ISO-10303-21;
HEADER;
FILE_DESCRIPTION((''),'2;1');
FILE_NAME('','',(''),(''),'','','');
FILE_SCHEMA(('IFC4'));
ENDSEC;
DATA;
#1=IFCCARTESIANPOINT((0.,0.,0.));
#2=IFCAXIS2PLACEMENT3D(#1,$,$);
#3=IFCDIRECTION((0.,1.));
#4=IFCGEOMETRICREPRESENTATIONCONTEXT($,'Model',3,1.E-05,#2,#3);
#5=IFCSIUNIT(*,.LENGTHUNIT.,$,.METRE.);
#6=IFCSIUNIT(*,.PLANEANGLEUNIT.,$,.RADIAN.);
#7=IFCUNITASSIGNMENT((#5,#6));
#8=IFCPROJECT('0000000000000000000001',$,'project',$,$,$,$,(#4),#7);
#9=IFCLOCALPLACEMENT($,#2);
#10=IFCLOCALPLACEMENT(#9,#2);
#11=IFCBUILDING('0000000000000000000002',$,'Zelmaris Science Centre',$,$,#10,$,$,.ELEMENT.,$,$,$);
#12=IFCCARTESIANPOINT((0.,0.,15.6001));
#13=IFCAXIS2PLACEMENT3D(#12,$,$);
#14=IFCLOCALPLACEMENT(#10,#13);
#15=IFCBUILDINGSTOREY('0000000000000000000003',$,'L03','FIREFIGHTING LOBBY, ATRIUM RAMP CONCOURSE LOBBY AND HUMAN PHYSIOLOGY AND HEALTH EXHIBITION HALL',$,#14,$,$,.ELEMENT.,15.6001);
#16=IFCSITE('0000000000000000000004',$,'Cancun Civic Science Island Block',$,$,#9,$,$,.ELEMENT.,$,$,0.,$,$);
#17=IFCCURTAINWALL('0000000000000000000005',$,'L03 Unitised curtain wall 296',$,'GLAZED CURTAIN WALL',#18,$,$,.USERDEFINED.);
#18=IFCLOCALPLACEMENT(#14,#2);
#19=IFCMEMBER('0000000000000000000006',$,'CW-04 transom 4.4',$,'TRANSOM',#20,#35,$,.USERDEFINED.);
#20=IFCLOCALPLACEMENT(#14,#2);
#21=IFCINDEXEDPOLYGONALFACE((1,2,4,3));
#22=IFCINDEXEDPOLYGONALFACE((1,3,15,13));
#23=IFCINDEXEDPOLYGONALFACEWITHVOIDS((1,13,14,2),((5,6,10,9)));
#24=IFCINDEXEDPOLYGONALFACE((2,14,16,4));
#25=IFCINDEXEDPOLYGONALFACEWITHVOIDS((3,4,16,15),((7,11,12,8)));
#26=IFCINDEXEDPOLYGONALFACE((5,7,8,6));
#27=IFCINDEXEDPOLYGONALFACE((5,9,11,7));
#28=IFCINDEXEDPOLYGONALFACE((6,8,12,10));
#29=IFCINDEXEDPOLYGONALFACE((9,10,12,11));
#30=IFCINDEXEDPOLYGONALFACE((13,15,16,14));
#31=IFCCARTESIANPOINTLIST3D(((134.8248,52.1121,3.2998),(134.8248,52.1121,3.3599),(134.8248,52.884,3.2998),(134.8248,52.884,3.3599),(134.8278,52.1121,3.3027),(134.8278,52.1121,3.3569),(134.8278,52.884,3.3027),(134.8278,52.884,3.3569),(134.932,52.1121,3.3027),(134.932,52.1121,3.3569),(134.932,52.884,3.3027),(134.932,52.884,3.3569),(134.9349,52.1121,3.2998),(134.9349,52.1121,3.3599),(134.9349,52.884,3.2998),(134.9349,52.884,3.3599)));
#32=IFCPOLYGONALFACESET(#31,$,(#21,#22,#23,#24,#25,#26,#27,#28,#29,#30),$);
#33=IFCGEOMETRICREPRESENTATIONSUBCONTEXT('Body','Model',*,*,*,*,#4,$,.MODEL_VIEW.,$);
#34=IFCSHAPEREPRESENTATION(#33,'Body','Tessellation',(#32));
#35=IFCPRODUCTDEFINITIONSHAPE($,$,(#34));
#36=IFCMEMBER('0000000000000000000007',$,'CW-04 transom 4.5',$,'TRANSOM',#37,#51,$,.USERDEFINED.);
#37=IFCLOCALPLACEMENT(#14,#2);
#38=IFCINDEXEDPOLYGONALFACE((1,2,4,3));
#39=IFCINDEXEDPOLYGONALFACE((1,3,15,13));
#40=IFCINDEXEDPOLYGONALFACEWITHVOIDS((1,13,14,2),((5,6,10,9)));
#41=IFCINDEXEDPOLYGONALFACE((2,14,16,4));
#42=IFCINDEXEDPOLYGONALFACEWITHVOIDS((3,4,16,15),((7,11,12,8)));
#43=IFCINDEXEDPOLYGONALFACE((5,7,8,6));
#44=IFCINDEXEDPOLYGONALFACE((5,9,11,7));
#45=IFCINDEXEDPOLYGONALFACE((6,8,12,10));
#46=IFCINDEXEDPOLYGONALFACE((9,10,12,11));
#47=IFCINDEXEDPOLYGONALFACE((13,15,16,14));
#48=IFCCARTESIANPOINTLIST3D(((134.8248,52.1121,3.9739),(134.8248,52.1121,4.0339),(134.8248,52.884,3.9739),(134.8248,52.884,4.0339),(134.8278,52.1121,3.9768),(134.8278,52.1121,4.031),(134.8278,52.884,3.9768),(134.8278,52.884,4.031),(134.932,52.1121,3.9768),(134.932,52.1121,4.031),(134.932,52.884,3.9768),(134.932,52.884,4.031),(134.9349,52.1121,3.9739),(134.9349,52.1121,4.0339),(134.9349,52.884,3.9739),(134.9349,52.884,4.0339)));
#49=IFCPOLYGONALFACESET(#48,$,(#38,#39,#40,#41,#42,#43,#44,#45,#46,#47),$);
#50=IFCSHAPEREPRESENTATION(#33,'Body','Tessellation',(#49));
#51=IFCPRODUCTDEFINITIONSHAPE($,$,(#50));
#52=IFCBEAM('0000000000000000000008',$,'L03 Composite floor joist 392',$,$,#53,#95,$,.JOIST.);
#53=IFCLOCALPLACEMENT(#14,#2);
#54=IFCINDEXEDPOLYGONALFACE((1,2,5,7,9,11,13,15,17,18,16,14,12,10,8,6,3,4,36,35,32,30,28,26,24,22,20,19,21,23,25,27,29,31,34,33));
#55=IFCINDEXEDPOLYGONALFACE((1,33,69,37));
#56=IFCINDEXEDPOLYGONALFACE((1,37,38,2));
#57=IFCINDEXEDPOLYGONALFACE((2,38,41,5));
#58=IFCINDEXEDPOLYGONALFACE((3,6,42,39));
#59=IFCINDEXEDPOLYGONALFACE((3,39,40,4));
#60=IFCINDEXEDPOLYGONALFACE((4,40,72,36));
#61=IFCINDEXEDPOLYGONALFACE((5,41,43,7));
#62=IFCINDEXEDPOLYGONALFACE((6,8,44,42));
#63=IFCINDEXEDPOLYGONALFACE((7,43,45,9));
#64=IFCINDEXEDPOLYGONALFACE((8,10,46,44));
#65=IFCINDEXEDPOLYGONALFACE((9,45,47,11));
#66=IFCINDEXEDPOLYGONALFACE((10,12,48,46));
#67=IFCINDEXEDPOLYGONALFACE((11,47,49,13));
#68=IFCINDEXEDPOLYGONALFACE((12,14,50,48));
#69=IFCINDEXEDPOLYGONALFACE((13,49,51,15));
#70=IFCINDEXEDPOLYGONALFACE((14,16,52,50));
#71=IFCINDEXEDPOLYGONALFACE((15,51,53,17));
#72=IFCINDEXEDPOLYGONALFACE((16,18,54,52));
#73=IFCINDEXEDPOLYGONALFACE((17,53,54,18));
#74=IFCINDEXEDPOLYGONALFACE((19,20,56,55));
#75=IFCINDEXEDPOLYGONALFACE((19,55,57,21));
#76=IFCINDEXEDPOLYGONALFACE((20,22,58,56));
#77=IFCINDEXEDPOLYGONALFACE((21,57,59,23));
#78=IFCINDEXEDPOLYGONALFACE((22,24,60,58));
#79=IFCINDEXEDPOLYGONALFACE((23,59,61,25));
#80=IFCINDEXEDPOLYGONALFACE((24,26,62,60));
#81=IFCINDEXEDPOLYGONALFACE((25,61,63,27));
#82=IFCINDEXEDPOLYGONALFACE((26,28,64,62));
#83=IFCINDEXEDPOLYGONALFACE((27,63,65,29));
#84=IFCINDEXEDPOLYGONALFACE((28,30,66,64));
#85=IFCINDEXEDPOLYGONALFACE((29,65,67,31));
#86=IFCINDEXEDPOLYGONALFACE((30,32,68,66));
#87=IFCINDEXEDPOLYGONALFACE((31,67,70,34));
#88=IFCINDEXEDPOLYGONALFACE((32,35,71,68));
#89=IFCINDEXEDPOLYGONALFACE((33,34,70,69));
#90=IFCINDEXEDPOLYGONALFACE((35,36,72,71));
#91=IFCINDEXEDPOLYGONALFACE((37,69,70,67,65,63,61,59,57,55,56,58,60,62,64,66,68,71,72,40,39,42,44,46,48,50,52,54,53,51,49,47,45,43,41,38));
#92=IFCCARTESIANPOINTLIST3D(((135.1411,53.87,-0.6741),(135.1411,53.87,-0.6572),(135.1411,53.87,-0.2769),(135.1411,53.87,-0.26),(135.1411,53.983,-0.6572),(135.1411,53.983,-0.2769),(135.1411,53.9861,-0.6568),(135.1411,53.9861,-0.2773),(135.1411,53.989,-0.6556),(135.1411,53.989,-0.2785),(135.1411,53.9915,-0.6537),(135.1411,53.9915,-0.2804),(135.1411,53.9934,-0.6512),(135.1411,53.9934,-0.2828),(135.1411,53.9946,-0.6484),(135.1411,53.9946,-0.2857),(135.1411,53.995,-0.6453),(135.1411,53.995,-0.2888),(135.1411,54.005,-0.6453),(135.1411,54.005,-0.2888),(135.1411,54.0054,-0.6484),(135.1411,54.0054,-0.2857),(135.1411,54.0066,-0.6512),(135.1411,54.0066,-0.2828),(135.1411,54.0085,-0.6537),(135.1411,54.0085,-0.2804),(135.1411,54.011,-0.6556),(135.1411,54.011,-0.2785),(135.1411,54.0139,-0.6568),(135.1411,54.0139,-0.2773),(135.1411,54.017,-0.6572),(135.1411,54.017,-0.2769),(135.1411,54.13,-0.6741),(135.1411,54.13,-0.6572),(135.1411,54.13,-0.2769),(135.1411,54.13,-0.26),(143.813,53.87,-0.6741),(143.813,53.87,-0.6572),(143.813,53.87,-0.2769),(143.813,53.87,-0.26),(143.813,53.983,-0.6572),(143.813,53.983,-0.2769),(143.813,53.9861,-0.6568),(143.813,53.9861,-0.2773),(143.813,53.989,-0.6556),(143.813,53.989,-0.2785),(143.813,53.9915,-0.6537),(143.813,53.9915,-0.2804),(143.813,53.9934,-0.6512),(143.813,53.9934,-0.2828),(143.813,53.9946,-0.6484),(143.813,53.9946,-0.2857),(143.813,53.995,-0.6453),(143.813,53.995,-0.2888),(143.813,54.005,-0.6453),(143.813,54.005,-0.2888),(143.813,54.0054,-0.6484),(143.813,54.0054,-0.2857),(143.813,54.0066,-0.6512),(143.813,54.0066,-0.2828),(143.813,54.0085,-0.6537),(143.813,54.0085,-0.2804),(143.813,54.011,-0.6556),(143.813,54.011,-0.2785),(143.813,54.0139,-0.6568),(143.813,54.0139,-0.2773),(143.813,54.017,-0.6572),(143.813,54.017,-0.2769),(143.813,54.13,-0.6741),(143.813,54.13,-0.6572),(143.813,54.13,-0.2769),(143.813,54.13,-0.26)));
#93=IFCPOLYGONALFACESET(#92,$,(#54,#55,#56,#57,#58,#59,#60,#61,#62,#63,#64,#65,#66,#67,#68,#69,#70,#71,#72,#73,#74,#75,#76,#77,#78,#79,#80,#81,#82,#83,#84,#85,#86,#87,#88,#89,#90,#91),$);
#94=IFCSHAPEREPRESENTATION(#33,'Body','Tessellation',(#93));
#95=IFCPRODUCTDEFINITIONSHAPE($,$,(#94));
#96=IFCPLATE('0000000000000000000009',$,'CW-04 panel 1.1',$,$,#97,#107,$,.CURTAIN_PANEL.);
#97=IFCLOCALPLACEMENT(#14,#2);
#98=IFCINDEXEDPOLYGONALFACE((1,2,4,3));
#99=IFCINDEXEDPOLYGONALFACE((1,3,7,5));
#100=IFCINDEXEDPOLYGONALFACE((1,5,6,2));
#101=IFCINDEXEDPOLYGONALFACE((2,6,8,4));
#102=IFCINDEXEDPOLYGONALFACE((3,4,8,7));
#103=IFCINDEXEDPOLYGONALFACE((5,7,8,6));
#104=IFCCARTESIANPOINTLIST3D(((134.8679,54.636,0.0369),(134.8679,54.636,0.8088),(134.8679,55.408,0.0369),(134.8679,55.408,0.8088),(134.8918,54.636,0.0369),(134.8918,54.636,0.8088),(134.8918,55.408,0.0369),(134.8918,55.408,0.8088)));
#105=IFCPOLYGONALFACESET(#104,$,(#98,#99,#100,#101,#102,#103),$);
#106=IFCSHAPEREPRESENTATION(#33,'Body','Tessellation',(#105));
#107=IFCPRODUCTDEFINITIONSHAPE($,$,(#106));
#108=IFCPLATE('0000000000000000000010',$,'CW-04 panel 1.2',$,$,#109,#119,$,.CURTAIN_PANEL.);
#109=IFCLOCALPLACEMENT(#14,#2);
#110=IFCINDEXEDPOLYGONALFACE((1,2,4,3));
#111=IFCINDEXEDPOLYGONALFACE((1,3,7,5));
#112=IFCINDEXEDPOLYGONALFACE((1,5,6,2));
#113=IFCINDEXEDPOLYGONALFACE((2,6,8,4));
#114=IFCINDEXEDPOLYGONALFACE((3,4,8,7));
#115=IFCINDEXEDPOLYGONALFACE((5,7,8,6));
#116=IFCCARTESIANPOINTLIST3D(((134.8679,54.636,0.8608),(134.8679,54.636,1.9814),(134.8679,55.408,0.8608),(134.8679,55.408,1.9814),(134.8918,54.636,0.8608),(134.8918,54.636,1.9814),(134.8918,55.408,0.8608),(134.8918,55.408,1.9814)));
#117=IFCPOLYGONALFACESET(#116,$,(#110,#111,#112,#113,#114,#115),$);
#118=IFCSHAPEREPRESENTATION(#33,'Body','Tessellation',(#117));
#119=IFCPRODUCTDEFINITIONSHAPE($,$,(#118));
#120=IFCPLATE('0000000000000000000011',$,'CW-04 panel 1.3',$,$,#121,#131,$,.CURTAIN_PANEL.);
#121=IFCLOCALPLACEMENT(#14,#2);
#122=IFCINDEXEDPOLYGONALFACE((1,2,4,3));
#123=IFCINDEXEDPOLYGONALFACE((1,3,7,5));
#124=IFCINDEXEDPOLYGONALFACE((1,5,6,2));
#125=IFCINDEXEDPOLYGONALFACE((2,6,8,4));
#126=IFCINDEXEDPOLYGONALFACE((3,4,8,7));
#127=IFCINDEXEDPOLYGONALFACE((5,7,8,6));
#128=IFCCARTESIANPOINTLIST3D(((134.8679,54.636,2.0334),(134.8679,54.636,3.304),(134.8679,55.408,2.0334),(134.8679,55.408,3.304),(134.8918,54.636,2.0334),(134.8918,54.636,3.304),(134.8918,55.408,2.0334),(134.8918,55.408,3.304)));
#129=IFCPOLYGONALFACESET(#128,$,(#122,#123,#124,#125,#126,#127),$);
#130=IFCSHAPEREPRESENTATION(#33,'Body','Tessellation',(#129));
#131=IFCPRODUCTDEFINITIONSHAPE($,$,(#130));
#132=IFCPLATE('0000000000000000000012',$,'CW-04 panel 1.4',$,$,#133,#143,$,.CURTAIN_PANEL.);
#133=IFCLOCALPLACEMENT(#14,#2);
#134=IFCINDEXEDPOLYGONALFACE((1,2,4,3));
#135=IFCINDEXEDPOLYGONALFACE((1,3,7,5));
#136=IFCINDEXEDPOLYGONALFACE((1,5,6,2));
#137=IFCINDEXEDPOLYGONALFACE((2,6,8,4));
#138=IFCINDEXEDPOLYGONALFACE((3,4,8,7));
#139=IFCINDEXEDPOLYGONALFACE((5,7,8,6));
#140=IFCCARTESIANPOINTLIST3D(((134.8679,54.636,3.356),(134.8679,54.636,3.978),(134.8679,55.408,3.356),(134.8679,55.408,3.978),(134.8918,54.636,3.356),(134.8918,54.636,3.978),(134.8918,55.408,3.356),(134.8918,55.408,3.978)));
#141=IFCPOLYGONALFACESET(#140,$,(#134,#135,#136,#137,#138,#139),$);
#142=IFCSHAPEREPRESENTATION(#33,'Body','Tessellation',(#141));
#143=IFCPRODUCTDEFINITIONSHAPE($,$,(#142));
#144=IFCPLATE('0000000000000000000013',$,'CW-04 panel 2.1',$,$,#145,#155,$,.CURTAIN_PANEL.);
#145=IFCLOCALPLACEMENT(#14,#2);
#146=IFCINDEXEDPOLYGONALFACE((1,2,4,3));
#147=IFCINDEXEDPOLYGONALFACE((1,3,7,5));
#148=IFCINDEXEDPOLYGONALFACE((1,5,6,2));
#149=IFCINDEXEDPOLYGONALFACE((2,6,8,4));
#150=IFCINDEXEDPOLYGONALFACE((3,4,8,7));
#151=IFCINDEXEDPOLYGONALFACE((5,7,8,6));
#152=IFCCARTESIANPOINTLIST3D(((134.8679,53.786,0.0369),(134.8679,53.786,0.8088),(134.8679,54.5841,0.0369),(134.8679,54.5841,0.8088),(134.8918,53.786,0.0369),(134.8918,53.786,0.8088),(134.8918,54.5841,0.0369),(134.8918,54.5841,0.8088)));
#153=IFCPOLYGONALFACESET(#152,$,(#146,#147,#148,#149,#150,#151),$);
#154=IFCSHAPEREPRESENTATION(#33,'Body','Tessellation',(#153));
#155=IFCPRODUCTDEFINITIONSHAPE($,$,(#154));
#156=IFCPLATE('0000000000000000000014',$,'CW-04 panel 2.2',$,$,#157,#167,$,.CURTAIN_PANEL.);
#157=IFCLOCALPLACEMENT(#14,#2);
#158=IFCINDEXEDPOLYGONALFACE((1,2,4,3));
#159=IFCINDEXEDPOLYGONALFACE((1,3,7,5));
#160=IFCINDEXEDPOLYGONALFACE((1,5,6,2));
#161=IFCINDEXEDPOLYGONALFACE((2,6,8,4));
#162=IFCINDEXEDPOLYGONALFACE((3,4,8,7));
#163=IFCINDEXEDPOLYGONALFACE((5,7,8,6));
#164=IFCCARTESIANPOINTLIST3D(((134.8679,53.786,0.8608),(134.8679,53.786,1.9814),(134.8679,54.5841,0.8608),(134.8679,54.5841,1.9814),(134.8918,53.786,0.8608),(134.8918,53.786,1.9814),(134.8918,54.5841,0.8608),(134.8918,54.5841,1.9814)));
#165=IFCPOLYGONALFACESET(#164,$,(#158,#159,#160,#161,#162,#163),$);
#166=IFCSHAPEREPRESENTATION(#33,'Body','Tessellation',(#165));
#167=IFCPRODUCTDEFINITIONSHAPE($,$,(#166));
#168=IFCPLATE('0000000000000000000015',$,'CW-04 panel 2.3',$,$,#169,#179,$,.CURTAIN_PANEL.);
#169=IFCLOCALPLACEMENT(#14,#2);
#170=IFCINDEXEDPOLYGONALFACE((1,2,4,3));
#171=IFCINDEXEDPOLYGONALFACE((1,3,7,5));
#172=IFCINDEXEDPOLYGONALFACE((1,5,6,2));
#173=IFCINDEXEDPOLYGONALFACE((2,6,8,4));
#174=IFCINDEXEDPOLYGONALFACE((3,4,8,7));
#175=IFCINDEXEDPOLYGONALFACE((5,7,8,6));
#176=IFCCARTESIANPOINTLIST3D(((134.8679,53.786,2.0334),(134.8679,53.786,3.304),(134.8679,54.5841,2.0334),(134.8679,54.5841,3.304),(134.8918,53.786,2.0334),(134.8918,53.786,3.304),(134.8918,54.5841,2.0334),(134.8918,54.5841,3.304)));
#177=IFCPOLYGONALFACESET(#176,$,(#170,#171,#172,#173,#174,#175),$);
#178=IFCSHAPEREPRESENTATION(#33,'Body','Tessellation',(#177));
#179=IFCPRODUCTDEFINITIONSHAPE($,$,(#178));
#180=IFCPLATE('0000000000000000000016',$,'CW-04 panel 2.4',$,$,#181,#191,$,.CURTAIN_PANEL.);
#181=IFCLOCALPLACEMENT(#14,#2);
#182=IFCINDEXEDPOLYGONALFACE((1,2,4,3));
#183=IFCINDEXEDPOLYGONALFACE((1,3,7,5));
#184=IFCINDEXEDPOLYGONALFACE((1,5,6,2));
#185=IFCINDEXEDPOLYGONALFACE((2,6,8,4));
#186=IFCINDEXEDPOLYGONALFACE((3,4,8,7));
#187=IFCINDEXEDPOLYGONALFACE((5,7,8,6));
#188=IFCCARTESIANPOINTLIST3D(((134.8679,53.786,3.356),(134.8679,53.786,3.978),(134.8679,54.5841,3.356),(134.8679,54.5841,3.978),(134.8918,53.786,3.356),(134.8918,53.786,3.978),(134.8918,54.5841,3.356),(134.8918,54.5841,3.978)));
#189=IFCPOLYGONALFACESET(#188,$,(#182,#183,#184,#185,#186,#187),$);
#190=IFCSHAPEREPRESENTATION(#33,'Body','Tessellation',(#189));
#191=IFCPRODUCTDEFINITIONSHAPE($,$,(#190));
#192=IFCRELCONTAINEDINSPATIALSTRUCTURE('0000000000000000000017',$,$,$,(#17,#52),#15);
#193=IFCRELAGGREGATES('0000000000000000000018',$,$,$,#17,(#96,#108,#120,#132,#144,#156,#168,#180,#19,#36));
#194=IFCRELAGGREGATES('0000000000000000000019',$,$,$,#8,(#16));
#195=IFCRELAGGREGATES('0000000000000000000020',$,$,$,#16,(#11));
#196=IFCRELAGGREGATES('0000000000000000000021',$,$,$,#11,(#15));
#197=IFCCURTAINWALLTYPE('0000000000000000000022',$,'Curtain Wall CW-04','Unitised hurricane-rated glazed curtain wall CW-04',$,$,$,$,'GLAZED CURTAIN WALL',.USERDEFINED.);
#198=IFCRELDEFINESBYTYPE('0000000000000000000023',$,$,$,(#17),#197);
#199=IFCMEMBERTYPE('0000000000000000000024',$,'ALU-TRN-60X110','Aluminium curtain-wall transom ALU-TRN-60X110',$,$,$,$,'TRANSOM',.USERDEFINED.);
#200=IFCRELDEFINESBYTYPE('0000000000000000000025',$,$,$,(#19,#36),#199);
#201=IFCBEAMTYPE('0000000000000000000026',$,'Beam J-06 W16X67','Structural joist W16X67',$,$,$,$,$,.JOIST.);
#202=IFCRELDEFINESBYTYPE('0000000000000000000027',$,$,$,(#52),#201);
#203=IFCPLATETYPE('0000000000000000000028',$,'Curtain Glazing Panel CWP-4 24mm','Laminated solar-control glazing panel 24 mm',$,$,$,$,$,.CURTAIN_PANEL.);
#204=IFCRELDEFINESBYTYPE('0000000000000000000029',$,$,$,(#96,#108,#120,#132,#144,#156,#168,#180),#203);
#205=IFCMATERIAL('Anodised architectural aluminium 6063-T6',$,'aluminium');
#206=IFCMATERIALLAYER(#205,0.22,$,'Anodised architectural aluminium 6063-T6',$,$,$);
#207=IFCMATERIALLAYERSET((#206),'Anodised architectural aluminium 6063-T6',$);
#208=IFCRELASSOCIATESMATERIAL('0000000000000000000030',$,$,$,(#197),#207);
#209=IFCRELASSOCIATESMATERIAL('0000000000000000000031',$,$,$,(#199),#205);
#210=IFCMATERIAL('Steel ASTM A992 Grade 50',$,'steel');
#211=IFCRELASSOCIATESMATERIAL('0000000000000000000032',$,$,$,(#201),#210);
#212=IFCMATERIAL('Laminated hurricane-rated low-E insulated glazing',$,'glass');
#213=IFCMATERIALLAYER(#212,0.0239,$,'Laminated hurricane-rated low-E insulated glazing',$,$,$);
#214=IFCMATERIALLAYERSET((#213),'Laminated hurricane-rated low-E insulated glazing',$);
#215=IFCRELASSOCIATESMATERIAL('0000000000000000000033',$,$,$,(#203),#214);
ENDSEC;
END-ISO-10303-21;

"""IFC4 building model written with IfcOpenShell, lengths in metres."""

from ifc_helpers import new_model, si_unit, direction, frame, origin, origin_2d, place, context, subcontext, project, spatial, rectangle, hollow_rectangle, i_section, extrude, material, layer, layer_set, material_profile, profile_set, type_object, element, aggregate, save


model = new_model("IFC4")

# Units and contexts
model_context = context("Model", 3, precision=1e-05, world=origin(), true_north=direction((0.0, 1.0)))
body_context = subcontext(model_context, "Body", "Model", "MODEL_VIEW")
ifc_project = project(units=[si_unit("LENGTHUNIT", "METRE"), si_unit("PLANEANGLEUNIT", "RADIAN")], contexts=[model_context])

# Site, building, storey
site_placement = place(None, origin())
site = spatial("IfcSite", under=ifc_project, at=site_placement, Name="Cancun Civic Science Island Block", CompositionType="ELEMENT", RefElevation=0.0)
building_placement = place(site_placement, origin())
building = spatial("IfcBuilding", under=site, at=building_placement, Name="Zelmaris Science Centre", CompositionType="ELEMENT")
storey_placement = place(building_placement, frame((0.0, 0.0, 15.6001)))
storey = spatial("IfcBuildingStorey", under=building, at=storey_placement, Name="L03", Description="FIREFIGHTING LOBBY, ATRIUM RAMP CONCOURSE LOBBY AND HUMAN PHYSIOLOGY AND HEALTH EXHIBITION HALL", CompositionType="ELEMENT", Elevation=15.6001)

# Curtain wall, members
ifc_material_1 = material(Name="Anodised architectural aluminium 6063-T6", Category="aluminium")
ifc_layer_1 = layer(ifc_material_1, 0.22, Name="Anodised architectural aluminium 6063-T6")
ifc_layer_set_1 = layer_set([ifc_layer_1], Name="Anodised architectural aluminium 6063-T6")
curtain_wall_type = type_object("IfcCurtainWallType", Name="Curtain Wall CW-04", Description="Unitised hurricane-rated glazed curtain wall CW-04", ElementType="GLAZED CURTAIN WALL", PredefinedType="USERDEFINED", material=ifc_layer_set_1)
curtain_wall_placement = place(storey_placement, origin())
curtain_wall = element("IfcCurtainWall", 1, at=curtain_wall_placement, inside=storey, type_object=curtain_wall_type, Name="L03 Unitised curtain wall 296", ObjectType="GLAZED CURTAIN WALL", PredefinedType="USERDEFINED")
ifc_material_profile_1 = material_profile(ifc_material_1, hollow_rectangle(XDim=0.0601, YDim=0.1101, WallThickness=0.0029, at=origin_2d()), Name="ALU-TRN-60X110")
ifc_profile_set_1 = profile_set([ifc_material_profile_1], Name="Anodised architectural aluminium 6063-T6")
member_type_1 = type_object("IfcMemberType", Name="ALU-TRN-60X110", Description="Aluminium curtain-wall transom ALU-TRN-60X110", ElementType="TRANSOM", PredefinedType="USERDEFINED", material=ifc_profile_set_1)
member_1_placement = place(storey_placement, frame((134.8799, 52.884, 3.3298), z_axis=(0.0, -1.0, 0.0), x_axis=(0.0, 0.0, 1.0)))
member_1 = element("IfcMember", 2, at=member_1_placement, type_object=member_type_1, Name="CW-04 transom 4.4", ObjectType="TRANSOM", PredefinedType="USERDEFINED", context=body_context, shape_type="SweptSolid", body=[
    extrude(hollow_rectangle(XDim=0.0601, YDim=0.1101, WallThickness=0.0029, at=origin_2d()), origin(), (0.0, 0.0, 1.0), 0.772),
])
member_2_placement = place(storey_placement, frame((134.8799, 52.884, 4.0039), z_axis=(0.0, -1.0, 0.0), x_axis=(0.0, 0.0, 1.0)))
member_2 = element("IfcMember", 3, at=member_2_placement, type_object=member_type_1, Name="CW-04 transom 4.5", ObjectType="TRANSOM", PredefinedType="USERDEFINED", context=body_context, shape_type="SweptSolid", body=[
    extrude(hollow_rectangle(XDim=0.0601, YDim=0.1101, WallThickness=0.0029, at=origin_2d()), origin(), (0.0, 0.0, 1.0), 0.772),
])

# Beam
ifc_material_2 = material(Name="Steel ASTM A992 Grade 50", Category="steel")
ifc_material_profile_2 = material_profile(ifc_material_2, i_section(OverallWidth=0.26, OverallDepth=0.4141, WebThickness=0.01, FlangeThickness=0.0168, FilletRadius=0.012, at=origin_2d()), Name="W16X67")
ifc_profile_set_2 = profile_set([ifc_material_profile_2], Name="Steel ASTM A992 Grade 50")
beam_type = type_object("IfcBeamType", Name="Beam J-06 W16X67", Description="Structural joist W16X67", PredefinedType="JOIST", material=ifc_profile_set_2)
beam_placement = place(storey_placement, frame((135.1411, 54.0, -0.467), z_axis=(1.0, 0.0, 0.0), x_axis=(0.0, 1.0, 0.0)))
element("IfcBeam", 4, at=beam_placement, inside=storey, type_object=beam_type, Name="L03 Composite floor joist 392", PredefinedType="JOIST", context=body_context, shape_type="SweptSolid", body=[
    extrude(i_section(OverallWidth=0.26, OverallDepth=0.4141, WebThickness=0.01, FlangeThickness=0.0168, FilletRadius=0.012, at=origin_2d()), origin(), (0.0, 0.0, 1.0), 8.6719),
])

# Plates
ifc_material_3 = material(Name="Laminated hurricane-rated low-E insulated glazing", Category="glass")
ifc_layer_2 = layer(ifc_material_3, 0.0239, Name="Laminated hurricane-rated low-E insulated glazing")
ifc_layer_set_2 = layer_set([ifc_layer_2], Name="Laminated hurricane-rated low-E insulated glazing")
plate_type = type_object("IfcPlateType", Name="Curtain Glazing Panel CWP-4 24mm", Description="Laminated solar-control glazing panel 24 mm", PredefinedType="CURTAIN_PANEL", material=ifc_layer_set_2)
plate_1_placement = place(storey_placement, frame((134.8799, 55.022, 0.0369), z_axis=(0.0, 0.0, 1.0), x_axis=(0.0, -1.0, 0.0)))
plate_1 = element("IfcPlate", 5, at=plate_1_placement, type_object=plate_type, Name="CW-04 panel 1.1", PredefinedType="CURTAIN_PANEL", context=body_context, shape_type="SweptSolid", body=[
    extrude(rectangle(XDim=0.772, YDim=0.0239, at=origin_2d()), origin(), (0.0, 0.0, 1.0), 0.772),
])
plate_2_placement = place(storey_placement, frame((134.8799, 55.022, 0.8608), z_axis=(0.0, 0.0, 1.0), x_axis=(0.0, -1.0, 0.0)))
plate_2 = element("IfcPlate", 6, at=plate_2_placement, type_object=plate_type, Name="CW-04 panel 1.2", PredefinedType="CURTAIN_PANEL", context=body_context, shape_type="SweptSolid", body=[
    extrude(rectangle(XDim=0.772, YDim=0.0239, at=origin_2d()), origin(), (0.0, 0.0, 1.0), 1.1206),
])
plate_3_placement = place(storey_placement, frame((134.8799, 55.022, 2.0334), z_axis=(0.0, 0.0, 1.0), x_axis=(0.0, -1.0, 0.0)))
plate_3 = element("IfcPlate", 7, at=plate_3_placement, type_object=plate_type, Name="CW-04 panel 1.3", PredefinedType="CURTAIN_PANEL", context=body_context, shape_type="SweptSolid", body=[
    extrude(rectangle(XDim=0.772, YDim=0.0239, at=origin_2d()), origin(), (0.0, 0.0, 1.0), 1.2705),
])
plate_4_placement = place(storey_placement, frame((134.8799, 55.022, 3.356), z_axis=(0.0, 0.0, 1.0), x_axis=(0.0, -1.0, 0.0)))
plate_4 = element("IfcPlate", 8, at=plate_4_placement, type_object=plate_type, Name="CW-04 panel 1.4", PredefinedType="CURTAIN_PANEL", context=body_context, shape_type="SweptSolid", body=[
    extrude(rectangle(XDim=0.772, YDim=0.0239, at=origin_2d()), origin(), (0.0, 0.0, 1.0), 0.6221),
])
plate_5_placement = place(storey_placement, frame((134.8799, 54.1851, 0.0369), z_axis=(0.0, 0.0, 1.0), x_axis=(0.0, -1.0, 0.0)))
plate_5 = element("IfcPlate", 9, at=plate_5_placement, type_object=plate_type, Name="CW-04 panel 2.1", PredefinedType="CURTAIN_PANEL", context=body_context, shape_type="SweptSolid", body=[
    extrude(rectangle(XDim=0.7981, YDim=0.0239, at=origin_2d()), origin(), (0.0, 0.0, 1.0), 0.772),
])
plate_6_placement = place(storey_placement, frame((134.8799, 54.1851, 0.8608), z_axis=(0.0, 0.0, 1.0), x_axis=(0.0, -1.0, 0.0)))
plate_6 = element("IfcPlate", 10, at=plate_6_placement, type_object=plate_type, Name="CW-04 panel 2.2", PredefinedType="CURTAIN_PANEL", context=body_context, shape_type="SweptSolid", body=[
    extrude(rectangle(XDim=0.7981, YDim=0.0239, at=origin_2d()), origin(), (0.0, 0.0, 1.0), 1.1206),
])
plate_7_placement = place(storey_placement, frame((134.8799, 54.1851, 2.0334), z_axis=(0.0, 0.0, 1.0), x_axis=(0.0, -1.0, 0.0)))
plate_7 = element("IfcPlate", 11, at=plate_7_placement, type_object=plate_type, Name="CW-04 panel 2.3", PredefinedType="CURTAIN_PANEL", context=body_context, shape_type="SweptSolid", body=[
    extrude(rectangle(XDim=0.7981, YDim=0.0239, at=origin_2d()), origin(), (0.0, 0.0, 1.0), 1.2705),
])
plate_8_placement = place(storey_placement, frame((134.8799, 54.1851, 3.356), z_axis=(0.0, 0.0, 1.0), x_axis=(0.0, -1.0, 0.0)))
plate_8 = element("IfcPlate", 12, at=plate_8_placement, type_object=plate_type, Name="CW-04 panel 2.4", PredefinedType="CURTAIN_PANEL", context=body_context, shape_type="SweptSolid", body=[
    extrude(rectangle(XDim=0.7981, YDim=0.0239, at=origin_2d()), origin(), (0.0, 0.0, 1.0), 0.6221),
])
aggregate(curtain_wall, [plate_1, plate_2, plate_3, plate_4, plate_5, plate_6, plate_7, plate_8, member_1, member_2])

save(model, "model.ifc")
